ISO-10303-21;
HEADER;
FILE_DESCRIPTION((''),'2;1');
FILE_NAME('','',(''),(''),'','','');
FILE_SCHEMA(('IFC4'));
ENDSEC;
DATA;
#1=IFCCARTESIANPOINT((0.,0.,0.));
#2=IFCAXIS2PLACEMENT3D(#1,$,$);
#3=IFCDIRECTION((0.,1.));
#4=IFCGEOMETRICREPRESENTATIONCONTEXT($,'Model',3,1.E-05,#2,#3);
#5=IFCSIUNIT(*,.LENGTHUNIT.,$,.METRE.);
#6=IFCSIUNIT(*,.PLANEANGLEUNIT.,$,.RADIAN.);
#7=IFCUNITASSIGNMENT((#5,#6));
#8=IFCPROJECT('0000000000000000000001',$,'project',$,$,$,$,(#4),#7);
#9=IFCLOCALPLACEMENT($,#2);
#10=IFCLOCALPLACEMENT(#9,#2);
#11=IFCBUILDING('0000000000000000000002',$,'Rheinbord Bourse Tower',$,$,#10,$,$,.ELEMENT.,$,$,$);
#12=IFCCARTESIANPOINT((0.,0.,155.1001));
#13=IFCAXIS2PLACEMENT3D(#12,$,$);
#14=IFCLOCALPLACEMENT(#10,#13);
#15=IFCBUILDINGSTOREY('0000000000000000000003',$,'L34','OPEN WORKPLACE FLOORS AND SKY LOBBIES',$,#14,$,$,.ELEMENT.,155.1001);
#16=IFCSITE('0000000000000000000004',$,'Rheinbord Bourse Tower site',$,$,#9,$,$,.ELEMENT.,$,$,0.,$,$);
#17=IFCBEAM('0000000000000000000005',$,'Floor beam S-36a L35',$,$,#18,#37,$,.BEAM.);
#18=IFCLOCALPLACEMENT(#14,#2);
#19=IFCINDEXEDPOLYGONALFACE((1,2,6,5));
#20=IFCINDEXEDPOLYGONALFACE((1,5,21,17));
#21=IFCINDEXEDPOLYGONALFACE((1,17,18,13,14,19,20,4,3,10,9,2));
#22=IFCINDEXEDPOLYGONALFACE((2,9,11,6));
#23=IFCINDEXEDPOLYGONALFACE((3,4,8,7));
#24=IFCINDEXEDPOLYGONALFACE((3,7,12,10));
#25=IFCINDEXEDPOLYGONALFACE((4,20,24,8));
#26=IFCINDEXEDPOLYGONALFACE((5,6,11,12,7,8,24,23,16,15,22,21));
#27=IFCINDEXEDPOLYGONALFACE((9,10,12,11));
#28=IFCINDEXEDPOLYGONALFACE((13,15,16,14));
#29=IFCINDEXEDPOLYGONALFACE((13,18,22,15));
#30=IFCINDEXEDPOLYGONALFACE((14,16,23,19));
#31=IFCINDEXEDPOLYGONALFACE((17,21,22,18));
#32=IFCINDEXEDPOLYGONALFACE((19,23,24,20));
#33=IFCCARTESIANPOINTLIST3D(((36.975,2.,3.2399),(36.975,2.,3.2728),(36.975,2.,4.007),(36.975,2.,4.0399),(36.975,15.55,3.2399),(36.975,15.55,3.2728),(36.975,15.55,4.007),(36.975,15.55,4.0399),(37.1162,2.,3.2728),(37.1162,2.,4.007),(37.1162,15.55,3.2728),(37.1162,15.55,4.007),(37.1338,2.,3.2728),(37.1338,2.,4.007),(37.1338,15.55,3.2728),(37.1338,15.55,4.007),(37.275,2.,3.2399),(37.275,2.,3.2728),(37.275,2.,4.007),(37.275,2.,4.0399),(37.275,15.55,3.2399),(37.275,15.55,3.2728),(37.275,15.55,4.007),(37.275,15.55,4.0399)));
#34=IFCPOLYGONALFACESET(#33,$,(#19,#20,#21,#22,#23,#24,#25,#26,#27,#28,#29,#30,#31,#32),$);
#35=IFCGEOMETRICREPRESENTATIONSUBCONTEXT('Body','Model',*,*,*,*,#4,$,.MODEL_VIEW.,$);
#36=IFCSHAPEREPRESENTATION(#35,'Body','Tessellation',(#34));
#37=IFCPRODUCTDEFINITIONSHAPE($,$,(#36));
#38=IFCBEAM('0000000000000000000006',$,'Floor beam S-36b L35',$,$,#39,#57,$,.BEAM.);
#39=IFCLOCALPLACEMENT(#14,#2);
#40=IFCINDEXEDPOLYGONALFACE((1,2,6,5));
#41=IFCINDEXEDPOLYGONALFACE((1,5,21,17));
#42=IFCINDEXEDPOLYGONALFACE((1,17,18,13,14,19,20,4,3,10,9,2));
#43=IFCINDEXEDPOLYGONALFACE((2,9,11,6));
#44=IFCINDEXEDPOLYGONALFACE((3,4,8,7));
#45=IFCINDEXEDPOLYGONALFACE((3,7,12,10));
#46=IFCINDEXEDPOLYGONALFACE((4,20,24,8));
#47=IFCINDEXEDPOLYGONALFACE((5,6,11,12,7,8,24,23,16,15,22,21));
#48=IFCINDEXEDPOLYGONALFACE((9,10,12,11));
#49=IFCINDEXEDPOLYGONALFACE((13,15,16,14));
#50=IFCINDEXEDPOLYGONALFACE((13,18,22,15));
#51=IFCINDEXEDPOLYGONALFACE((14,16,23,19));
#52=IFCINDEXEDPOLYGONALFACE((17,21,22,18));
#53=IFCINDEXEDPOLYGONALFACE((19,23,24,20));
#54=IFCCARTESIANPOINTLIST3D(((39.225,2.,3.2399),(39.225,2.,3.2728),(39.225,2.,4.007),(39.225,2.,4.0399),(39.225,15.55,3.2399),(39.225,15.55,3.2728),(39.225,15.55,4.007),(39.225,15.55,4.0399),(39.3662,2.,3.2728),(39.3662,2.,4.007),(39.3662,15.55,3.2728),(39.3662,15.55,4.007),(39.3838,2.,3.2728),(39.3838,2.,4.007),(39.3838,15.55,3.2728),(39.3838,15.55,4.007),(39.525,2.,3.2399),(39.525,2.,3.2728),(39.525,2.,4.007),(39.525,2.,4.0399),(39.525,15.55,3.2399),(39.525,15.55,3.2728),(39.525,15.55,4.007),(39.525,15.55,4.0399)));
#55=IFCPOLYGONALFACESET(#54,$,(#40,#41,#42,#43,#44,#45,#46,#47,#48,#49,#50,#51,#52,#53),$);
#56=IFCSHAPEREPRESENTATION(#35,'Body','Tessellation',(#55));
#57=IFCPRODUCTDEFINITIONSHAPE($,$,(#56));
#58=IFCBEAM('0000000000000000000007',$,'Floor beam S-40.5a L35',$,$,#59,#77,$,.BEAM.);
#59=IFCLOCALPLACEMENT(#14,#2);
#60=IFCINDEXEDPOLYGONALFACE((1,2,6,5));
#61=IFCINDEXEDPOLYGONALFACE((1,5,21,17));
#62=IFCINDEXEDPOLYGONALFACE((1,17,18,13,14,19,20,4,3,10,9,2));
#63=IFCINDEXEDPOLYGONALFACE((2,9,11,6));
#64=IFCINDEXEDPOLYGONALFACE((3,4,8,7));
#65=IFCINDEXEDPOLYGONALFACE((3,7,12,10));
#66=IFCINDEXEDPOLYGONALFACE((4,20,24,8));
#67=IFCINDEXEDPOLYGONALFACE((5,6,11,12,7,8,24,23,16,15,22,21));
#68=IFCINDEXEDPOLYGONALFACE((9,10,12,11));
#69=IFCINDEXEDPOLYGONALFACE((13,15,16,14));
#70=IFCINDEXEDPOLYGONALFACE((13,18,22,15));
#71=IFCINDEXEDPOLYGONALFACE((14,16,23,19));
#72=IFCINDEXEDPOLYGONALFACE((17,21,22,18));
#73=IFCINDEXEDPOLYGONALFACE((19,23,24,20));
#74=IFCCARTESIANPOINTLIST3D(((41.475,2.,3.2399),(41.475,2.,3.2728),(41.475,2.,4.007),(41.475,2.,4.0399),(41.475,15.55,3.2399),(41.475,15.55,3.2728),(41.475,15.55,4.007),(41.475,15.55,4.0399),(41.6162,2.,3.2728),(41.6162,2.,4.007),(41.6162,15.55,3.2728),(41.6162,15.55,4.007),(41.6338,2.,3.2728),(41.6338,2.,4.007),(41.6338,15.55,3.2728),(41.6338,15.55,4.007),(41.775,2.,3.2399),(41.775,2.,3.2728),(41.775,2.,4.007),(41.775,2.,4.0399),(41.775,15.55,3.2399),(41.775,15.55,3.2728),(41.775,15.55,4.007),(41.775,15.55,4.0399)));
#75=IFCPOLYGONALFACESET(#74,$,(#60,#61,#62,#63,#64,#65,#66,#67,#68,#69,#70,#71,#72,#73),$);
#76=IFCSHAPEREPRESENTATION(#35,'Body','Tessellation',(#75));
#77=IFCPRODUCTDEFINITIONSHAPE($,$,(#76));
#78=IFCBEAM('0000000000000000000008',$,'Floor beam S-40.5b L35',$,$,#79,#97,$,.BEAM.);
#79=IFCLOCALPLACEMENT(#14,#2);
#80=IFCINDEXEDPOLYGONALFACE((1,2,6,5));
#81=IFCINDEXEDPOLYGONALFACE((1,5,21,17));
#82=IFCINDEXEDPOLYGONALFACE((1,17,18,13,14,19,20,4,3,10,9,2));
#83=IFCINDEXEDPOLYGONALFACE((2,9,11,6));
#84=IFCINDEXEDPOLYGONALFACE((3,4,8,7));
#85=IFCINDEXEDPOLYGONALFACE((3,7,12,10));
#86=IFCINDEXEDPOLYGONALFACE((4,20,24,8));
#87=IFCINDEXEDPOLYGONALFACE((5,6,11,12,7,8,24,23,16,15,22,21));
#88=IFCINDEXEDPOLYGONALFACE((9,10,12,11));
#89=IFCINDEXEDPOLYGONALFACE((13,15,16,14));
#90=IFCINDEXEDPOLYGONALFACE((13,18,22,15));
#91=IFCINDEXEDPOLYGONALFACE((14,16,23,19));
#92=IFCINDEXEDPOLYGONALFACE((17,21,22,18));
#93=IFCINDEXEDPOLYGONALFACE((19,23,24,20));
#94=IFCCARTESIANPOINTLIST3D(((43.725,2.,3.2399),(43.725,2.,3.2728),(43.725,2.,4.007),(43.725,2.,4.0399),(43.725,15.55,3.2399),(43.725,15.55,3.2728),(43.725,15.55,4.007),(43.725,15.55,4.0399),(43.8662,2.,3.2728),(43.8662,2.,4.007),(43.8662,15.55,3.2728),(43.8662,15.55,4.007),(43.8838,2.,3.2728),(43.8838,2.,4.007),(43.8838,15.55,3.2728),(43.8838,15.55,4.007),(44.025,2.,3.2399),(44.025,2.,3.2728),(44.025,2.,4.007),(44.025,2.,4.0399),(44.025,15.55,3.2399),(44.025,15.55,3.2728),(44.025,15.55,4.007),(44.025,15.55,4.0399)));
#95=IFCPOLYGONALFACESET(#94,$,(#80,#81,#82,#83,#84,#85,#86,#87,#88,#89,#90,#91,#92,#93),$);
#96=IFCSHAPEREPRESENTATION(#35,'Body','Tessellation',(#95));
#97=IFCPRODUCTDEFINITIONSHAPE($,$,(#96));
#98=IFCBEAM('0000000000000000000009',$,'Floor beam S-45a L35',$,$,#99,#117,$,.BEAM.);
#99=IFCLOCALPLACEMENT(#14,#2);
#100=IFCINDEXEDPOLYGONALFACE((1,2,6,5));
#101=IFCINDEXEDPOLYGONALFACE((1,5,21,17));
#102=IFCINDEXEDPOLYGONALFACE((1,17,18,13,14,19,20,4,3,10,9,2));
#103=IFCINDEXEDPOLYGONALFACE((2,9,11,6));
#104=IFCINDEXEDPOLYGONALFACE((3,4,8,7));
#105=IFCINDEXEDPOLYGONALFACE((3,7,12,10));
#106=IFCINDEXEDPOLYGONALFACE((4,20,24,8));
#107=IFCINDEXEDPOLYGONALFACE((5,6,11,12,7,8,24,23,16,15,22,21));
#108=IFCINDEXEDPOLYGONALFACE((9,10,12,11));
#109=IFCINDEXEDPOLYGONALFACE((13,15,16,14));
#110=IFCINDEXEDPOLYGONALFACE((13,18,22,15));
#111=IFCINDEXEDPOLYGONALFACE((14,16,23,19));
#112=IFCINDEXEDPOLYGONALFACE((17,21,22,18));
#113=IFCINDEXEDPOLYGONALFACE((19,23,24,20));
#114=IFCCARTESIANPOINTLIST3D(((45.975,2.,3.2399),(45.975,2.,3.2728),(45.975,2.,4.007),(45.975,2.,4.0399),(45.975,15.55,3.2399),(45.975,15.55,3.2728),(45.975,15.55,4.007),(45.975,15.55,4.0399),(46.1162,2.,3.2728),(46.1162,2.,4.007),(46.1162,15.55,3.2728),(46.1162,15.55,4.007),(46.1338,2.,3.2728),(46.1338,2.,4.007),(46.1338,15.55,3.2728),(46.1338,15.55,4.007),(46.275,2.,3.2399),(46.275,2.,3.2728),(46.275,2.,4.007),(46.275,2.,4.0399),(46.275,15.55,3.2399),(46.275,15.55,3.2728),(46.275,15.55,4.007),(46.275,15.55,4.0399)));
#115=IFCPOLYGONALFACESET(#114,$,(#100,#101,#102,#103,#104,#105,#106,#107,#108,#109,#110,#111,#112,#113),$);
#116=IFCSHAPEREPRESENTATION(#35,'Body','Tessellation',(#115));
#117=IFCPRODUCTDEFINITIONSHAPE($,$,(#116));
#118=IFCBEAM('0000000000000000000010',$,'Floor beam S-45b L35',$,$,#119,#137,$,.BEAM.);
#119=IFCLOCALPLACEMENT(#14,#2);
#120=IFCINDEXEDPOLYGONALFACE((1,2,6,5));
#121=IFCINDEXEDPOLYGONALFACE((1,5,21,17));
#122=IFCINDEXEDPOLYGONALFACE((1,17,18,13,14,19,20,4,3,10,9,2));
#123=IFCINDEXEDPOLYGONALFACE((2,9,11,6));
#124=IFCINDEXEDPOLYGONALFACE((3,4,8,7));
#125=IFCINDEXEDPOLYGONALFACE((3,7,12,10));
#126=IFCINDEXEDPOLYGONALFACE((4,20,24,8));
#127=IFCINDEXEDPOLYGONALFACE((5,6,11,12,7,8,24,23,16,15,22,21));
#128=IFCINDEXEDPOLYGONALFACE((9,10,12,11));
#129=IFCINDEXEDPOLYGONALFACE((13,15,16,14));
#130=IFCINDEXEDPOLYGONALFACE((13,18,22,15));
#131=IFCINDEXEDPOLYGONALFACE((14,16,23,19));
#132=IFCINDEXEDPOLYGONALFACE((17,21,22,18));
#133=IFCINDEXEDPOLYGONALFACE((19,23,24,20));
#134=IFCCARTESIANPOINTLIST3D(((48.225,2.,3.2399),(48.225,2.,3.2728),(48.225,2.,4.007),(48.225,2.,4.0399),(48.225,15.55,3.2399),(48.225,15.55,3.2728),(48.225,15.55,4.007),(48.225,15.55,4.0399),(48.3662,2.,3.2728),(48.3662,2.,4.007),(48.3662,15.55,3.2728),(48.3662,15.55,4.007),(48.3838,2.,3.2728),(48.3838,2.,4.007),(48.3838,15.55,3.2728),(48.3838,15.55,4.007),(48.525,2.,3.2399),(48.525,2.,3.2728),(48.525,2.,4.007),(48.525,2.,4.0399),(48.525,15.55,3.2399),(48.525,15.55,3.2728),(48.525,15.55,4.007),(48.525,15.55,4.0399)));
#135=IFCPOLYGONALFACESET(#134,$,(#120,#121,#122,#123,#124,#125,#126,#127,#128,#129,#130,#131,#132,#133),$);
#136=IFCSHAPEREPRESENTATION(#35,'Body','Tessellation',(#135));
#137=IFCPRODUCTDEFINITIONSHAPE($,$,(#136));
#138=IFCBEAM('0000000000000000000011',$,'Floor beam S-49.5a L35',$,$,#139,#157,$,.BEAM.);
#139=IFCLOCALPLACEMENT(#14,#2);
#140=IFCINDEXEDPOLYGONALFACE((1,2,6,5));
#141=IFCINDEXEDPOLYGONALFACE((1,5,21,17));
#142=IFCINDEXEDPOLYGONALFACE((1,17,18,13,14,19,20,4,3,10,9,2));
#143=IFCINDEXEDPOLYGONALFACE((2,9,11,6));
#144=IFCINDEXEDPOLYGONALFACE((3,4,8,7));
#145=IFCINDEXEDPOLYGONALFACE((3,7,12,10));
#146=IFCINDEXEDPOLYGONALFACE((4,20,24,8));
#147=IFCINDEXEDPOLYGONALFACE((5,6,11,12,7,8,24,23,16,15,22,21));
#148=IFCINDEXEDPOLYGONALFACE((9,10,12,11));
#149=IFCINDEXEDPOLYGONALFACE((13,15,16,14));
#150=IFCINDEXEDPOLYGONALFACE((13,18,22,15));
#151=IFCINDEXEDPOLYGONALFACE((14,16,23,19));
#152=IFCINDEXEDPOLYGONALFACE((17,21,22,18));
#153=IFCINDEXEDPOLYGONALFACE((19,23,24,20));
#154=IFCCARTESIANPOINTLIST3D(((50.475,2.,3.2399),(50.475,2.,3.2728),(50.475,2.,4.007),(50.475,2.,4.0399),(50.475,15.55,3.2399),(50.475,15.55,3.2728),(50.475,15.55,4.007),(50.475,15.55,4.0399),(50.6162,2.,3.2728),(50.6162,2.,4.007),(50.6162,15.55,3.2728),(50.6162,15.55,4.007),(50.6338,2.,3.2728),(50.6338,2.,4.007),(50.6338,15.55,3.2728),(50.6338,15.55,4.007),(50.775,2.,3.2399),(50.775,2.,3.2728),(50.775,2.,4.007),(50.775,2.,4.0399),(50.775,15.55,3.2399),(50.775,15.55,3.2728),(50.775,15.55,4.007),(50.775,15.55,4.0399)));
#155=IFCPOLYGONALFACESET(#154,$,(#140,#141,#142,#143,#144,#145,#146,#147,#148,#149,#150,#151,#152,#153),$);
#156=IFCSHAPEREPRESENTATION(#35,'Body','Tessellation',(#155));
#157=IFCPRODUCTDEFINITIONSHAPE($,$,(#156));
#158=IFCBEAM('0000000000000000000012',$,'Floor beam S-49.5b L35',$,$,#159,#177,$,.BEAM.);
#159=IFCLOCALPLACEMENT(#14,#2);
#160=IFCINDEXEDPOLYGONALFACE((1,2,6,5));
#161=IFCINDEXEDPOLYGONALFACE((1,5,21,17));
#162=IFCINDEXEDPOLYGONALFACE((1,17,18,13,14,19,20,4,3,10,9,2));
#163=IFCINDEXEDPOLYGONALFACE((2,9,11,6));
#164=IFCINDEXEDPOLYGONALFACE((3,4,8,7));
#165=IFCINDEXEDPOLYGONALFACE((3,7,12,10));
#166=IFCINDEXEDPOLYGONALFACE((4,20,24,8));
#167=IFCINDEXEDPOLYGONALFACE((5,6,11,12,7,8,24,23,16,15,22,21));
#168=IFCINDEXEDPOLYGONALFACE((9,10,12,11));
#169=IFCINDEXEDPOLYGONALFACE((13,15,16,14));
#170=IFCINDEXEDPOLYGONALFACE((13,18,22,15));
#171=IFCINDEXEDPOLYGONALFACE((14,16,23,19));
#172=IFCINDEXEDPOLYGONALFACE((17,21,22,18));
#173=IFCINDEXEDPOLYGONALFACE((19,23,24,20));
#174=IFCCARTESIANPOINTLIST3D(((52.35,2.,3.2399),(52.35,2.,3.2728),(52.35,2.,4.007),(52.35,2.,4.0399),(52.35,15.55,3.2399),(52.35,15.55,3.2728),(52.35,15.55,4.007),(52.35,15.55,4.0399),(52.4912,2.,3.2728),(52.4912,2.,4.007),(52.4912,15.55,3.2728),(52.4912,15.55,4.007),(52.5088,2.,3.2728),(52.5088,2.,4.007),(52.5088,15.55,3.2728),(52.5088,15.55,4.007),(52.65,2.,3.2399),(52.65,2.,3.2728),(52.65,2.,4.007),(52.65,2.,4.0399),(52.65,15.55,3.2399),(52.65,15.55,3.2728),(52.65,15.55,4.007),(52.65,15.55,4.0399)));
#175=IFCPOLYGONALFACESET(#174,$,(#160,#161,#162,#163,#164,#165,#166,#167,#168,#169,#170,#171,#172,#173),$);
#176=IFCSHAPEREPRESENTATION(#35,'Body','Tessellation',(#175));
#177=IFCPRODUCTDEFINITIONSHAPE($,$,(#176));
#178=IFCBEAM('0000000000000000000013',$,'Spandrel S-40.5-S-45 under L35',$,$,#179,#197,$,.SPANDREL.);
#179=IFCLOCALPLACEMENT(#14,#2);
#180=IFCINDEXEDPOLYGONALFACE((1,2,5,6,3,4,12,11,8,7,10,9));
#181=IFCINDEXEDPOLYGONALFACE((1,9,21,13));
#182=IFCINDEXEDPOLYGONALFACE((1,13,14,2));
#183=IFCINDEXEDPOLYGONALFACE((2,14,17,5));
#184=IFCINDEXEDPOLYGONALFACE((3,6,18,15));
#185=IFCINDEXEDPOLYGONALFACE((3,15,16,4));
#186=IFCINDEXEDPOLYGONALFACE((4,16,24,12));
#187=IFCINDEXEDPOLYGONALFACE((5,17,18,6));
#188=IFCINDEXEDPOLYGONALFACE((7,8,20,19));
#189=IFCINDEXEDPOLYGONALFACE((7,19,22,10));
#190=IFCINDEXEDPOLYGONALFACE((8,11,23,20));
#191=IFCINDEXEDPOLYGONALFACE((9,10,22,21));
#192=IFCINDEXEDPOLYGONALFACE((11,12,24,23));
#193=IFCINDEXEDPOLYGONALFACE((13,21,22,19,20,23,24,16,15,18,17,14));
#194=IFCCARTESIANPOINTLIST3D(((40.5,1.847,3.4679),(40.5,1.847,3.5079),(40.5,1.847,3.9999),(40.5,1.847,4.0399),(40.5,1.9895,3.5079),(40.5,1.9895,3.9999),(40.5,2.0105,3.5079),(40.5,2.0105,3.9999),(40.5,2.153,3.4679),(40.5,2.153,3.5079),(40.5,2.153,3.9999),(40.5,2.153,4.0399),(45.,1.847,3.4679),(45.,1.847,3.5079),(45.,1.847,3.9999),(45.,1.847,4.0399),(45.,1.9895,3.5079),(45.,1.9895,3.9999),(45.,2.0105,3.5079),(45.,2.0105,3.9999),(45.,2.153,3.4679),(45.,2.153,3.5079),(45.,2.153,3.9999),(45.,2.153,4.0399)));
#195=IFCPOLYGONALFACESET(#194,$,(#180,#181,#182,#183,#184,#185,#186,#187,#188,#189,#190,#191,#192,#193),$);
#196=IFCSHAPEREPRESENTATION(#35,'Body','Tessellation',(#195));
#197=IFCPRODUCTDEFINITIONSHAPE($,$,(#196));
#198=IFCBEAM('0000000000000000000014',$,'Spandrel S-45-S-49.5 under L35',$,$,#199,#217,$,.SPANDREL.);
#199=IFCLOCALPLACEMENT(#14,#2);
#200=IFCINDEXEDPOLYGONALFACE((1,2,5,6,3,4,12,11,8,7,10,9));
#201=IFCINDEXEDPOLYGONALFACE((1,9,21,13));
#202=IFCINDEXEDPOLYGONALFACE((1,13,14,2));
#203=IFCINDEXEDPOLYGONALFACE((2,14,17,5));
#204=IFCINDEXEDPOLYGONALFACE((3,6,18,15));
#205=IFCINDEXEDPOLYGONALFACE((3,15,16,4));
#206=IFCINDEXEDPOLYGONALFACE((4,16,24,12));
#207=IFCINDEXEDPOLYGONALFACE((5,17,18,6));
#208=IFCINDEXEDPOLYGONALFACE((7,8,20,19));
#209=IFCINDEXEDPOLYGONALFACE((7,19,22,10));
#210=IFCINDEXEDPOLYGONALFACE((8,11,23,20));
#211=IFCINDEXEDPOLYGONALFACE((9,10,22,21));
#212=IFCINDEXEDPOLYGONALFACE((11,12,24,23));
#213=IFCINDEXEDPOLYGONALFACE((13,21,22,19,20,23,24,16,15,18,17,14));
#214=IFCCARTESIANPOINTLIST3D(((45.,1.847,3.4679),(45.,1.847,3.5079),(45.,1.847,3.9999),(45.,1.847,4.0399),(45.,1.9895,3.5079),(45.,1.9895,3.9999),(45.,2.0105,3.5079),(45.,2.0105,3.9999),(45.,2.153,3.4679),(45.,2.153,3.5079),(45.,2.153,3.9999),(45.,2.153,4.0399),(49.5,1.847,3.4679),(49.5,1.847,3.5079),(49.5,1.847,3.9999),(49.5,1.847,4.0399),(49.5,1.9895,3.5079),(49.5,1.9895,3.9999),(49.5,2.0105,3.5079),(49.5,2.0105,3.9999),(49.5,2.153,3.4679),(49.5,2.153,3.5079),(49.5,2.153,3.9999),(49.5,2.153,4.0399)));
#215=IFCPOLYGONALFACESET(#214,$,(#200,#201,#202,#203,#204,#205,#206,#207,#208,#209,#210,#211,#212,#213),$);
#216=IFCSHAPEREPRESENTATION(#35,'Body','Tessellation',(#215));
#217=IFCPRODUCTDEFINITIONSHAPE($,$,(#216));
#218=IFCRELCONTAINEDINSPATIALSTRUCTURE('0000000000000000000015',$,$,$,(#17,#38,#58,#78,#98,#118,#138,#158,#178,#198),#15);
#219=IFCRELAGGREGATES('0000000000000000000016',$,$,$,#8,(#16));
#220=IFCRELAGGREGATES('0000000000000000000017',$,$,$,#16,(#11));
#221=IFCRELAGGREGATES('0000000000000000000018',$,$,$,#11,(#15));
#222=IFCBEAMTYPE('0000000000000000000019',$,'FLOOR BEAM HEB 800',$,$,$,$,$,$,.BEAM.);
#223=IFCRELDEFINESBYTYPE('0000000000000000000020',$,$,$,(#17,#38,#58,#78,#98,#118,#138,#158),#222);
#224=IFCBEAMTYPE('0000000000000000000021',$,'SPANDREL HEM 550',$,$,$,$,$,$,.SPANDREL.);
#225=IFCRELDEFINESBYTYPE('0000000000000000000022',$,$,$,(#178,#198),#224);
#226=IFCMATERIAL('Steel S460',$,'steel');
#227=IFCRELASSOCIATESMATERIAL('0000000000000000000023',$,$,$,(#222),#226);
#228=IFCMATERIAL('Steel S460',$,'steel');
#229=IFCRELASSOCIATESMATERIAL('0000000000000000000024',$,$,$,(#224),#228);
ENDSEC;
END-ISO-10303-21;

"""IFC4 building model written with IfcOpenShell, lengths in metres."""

from ifc_helpers import new_model, si_unit, direction, frame, origin, origin_2d, place, context, subcontext, project, spatial, i_section, extrude, material, material_profile, profile_set, type_object, element, save


model = new_model("IFC4")

# Units and contexts
model_context = context("Model", 3, precision=1e-05, world=origin(), true_north=direction((0.0, 1.0)))
body_context = subcontext(model_context, "Body", "Model", "MODEL_VIEW")
ifc_project = project(units=[si_unit("LENGTHUNIT", "METRE"), si_unit("PLANEANGLEUNIT", "RADIAN")], contexts=[model_context])

# Site, building, storey
site_placement = place(None, origin())
site = spatial("IfcSite", under=ifc_project, at=site_placement, Name="Rheinbord Bourse Tower site", CompositionType="ELEMENT", RefElevation=0.0)
building_placement = place(site_placement, origin())
building = spatial("IfcBuilding", under=site, at=building_placement, Name="Rheinbord Bourse Tower", CompositionType="ELEMENT")
storey_placement = place(building_placement, frame((0.0, 0.0, 155.1001)))
storey = spatial("IfcBuildingStorey", under=building, at=storey_placement, Name="L34", Description="OPEN WORKPLACE FLOORS AND SKY LOBBIES", CompositionType="ELEMENT", Elevation=155.1001)

# Beams
ifc_material_1 = material(Name="Steel S460", Category="steel")
ifc_material_profile_1 = material_profile(ifc_material_1, i_section(OverallWidth=0.3, OverallDepth=0.8, WebThickness=0.0176, FlangeThickness=0.033, at=origin_2d()), Name="HEB 800")
ifc_profile_set_1 = profile_set([ifc_material_profile_1], Name="Steel S460")
beam_type_1 = type_object("IfcBeamType", Name="FLOOR BEAM HEB 800", PredefinedType="BEAM", material=ifc_profile_set_1)
for number, where, z_axis, x_axis, name in (
    (1, (37.125, 2.0, 3.6399), (0.0, 1.0, 0.0), (-1.0, 0.0, 0.0), "Floor beam S-36a L35"),
    (2, (39.375, 2.0, 3.6399), (0.0, 1.0, 0.0), (-1.0, 0.0, 0.0), "Floor beam S-36b L35"),
    (3, (41.625, 2.0, 3.6399), (0.0, 1.0, 0.0), (-1.0, 0.0, 0.0), "Floor beam S-40.5a L35"),
    (4, (43.875, 2.0, 3.6399), (0.0, 1.0, 0.0), (-1.0, 0.0, 0.0), "Floor beam S-40.5b L35"),
    (5, (46.125, 2.0, 3.6399), (0.0, 1.0, 0.0), (-1.0, 0.0, 0.0), "Floor beam S-45a L35"),
    (6, (48.375, 2.0, 3.6399), (0.0, 1.0, 0.0), (-1.0, 0.0, 0.0), "Floor beam S-45b L35"),
    (7, (50.625, 2.0, 3.6399), (0.0, 1.0, 0.0), (-1.0, 0.0, 0.0), "Floor beam S-49.5a L35"),
    (8, (52.5, 2.0, 3.6399), (0.0, 1.0, 0.0), (-1.0, 0.0, 0.0), "Floor beam S-49.5b L35"),
):
    element("IfcBeam", number, at=place(storey_placement, frame(where, z_axis=z_axis, x_axis=x_axis)), inside=storey, type_object=beam_type_1, Name=name, PredefinedType="BEAM", context=body_context, shape_type="SweptSolid", body=[
        extrude(i_section(OverallWidth=0.3, OverallDepth=0.8, WebThickness=0.0176, FlangeThickness=0.033, at=origin_2d()), origin(), (0.0, 0.0, 1.0), 13.55),
    ])
ifc_material_2 = material(Name="Steel S460", Category="steel")
ifc_material_profile_2 = material_profile(ifc_material_2, i_section(OverallWidth=0.3059, OverallDepth=0.572, WebThickness=0.021, FlangeThickness=0.04, at=origin_2d()), Name="HEM 550")
ifc_profile_set_2 = profile_set([ifc_material_profile_2], Name="Steel S460")
beam_type_2 = type_object("IfcBeamType", Name="SPANDREL HEM 550", PredefinedType="SPANDREL", material=ifc_profile_set_2)
for number, where, z_axis, x_axis, name in (
    (9, (40.5, 2.0, 3.7539), (1.0, 0.0, 0.0), (0.0, 1.0, 0.0), "Spandrel S-40.5-S-45 under L35"),
    (10, (45.0, 2.0, 3.7539), (1.0, 0.0, 0.0), (0.0, 1.0, 0.0), "Spandrel S-45-S-49.5 under L35"),
):
    element("IfcBeam", number, at=place(storey_placement, frame(where, z_axis=z_axis, x_axis=x_axis)), inside=storey, type_object=beam_type_2, Name=name, PredefinedType="SPANDREL", context=body_context, shape_type="SweptSolid", body=[
        extrude(i_section(OverallWidth=0.3059, OverallDepth=0.572, WebThickness=0.021, FlangeThickness=0.04, at=origin_2d()), origin(), (0.0, 0.0, 1.0), 4.5),
    ])

save(model, "model.ifc")
